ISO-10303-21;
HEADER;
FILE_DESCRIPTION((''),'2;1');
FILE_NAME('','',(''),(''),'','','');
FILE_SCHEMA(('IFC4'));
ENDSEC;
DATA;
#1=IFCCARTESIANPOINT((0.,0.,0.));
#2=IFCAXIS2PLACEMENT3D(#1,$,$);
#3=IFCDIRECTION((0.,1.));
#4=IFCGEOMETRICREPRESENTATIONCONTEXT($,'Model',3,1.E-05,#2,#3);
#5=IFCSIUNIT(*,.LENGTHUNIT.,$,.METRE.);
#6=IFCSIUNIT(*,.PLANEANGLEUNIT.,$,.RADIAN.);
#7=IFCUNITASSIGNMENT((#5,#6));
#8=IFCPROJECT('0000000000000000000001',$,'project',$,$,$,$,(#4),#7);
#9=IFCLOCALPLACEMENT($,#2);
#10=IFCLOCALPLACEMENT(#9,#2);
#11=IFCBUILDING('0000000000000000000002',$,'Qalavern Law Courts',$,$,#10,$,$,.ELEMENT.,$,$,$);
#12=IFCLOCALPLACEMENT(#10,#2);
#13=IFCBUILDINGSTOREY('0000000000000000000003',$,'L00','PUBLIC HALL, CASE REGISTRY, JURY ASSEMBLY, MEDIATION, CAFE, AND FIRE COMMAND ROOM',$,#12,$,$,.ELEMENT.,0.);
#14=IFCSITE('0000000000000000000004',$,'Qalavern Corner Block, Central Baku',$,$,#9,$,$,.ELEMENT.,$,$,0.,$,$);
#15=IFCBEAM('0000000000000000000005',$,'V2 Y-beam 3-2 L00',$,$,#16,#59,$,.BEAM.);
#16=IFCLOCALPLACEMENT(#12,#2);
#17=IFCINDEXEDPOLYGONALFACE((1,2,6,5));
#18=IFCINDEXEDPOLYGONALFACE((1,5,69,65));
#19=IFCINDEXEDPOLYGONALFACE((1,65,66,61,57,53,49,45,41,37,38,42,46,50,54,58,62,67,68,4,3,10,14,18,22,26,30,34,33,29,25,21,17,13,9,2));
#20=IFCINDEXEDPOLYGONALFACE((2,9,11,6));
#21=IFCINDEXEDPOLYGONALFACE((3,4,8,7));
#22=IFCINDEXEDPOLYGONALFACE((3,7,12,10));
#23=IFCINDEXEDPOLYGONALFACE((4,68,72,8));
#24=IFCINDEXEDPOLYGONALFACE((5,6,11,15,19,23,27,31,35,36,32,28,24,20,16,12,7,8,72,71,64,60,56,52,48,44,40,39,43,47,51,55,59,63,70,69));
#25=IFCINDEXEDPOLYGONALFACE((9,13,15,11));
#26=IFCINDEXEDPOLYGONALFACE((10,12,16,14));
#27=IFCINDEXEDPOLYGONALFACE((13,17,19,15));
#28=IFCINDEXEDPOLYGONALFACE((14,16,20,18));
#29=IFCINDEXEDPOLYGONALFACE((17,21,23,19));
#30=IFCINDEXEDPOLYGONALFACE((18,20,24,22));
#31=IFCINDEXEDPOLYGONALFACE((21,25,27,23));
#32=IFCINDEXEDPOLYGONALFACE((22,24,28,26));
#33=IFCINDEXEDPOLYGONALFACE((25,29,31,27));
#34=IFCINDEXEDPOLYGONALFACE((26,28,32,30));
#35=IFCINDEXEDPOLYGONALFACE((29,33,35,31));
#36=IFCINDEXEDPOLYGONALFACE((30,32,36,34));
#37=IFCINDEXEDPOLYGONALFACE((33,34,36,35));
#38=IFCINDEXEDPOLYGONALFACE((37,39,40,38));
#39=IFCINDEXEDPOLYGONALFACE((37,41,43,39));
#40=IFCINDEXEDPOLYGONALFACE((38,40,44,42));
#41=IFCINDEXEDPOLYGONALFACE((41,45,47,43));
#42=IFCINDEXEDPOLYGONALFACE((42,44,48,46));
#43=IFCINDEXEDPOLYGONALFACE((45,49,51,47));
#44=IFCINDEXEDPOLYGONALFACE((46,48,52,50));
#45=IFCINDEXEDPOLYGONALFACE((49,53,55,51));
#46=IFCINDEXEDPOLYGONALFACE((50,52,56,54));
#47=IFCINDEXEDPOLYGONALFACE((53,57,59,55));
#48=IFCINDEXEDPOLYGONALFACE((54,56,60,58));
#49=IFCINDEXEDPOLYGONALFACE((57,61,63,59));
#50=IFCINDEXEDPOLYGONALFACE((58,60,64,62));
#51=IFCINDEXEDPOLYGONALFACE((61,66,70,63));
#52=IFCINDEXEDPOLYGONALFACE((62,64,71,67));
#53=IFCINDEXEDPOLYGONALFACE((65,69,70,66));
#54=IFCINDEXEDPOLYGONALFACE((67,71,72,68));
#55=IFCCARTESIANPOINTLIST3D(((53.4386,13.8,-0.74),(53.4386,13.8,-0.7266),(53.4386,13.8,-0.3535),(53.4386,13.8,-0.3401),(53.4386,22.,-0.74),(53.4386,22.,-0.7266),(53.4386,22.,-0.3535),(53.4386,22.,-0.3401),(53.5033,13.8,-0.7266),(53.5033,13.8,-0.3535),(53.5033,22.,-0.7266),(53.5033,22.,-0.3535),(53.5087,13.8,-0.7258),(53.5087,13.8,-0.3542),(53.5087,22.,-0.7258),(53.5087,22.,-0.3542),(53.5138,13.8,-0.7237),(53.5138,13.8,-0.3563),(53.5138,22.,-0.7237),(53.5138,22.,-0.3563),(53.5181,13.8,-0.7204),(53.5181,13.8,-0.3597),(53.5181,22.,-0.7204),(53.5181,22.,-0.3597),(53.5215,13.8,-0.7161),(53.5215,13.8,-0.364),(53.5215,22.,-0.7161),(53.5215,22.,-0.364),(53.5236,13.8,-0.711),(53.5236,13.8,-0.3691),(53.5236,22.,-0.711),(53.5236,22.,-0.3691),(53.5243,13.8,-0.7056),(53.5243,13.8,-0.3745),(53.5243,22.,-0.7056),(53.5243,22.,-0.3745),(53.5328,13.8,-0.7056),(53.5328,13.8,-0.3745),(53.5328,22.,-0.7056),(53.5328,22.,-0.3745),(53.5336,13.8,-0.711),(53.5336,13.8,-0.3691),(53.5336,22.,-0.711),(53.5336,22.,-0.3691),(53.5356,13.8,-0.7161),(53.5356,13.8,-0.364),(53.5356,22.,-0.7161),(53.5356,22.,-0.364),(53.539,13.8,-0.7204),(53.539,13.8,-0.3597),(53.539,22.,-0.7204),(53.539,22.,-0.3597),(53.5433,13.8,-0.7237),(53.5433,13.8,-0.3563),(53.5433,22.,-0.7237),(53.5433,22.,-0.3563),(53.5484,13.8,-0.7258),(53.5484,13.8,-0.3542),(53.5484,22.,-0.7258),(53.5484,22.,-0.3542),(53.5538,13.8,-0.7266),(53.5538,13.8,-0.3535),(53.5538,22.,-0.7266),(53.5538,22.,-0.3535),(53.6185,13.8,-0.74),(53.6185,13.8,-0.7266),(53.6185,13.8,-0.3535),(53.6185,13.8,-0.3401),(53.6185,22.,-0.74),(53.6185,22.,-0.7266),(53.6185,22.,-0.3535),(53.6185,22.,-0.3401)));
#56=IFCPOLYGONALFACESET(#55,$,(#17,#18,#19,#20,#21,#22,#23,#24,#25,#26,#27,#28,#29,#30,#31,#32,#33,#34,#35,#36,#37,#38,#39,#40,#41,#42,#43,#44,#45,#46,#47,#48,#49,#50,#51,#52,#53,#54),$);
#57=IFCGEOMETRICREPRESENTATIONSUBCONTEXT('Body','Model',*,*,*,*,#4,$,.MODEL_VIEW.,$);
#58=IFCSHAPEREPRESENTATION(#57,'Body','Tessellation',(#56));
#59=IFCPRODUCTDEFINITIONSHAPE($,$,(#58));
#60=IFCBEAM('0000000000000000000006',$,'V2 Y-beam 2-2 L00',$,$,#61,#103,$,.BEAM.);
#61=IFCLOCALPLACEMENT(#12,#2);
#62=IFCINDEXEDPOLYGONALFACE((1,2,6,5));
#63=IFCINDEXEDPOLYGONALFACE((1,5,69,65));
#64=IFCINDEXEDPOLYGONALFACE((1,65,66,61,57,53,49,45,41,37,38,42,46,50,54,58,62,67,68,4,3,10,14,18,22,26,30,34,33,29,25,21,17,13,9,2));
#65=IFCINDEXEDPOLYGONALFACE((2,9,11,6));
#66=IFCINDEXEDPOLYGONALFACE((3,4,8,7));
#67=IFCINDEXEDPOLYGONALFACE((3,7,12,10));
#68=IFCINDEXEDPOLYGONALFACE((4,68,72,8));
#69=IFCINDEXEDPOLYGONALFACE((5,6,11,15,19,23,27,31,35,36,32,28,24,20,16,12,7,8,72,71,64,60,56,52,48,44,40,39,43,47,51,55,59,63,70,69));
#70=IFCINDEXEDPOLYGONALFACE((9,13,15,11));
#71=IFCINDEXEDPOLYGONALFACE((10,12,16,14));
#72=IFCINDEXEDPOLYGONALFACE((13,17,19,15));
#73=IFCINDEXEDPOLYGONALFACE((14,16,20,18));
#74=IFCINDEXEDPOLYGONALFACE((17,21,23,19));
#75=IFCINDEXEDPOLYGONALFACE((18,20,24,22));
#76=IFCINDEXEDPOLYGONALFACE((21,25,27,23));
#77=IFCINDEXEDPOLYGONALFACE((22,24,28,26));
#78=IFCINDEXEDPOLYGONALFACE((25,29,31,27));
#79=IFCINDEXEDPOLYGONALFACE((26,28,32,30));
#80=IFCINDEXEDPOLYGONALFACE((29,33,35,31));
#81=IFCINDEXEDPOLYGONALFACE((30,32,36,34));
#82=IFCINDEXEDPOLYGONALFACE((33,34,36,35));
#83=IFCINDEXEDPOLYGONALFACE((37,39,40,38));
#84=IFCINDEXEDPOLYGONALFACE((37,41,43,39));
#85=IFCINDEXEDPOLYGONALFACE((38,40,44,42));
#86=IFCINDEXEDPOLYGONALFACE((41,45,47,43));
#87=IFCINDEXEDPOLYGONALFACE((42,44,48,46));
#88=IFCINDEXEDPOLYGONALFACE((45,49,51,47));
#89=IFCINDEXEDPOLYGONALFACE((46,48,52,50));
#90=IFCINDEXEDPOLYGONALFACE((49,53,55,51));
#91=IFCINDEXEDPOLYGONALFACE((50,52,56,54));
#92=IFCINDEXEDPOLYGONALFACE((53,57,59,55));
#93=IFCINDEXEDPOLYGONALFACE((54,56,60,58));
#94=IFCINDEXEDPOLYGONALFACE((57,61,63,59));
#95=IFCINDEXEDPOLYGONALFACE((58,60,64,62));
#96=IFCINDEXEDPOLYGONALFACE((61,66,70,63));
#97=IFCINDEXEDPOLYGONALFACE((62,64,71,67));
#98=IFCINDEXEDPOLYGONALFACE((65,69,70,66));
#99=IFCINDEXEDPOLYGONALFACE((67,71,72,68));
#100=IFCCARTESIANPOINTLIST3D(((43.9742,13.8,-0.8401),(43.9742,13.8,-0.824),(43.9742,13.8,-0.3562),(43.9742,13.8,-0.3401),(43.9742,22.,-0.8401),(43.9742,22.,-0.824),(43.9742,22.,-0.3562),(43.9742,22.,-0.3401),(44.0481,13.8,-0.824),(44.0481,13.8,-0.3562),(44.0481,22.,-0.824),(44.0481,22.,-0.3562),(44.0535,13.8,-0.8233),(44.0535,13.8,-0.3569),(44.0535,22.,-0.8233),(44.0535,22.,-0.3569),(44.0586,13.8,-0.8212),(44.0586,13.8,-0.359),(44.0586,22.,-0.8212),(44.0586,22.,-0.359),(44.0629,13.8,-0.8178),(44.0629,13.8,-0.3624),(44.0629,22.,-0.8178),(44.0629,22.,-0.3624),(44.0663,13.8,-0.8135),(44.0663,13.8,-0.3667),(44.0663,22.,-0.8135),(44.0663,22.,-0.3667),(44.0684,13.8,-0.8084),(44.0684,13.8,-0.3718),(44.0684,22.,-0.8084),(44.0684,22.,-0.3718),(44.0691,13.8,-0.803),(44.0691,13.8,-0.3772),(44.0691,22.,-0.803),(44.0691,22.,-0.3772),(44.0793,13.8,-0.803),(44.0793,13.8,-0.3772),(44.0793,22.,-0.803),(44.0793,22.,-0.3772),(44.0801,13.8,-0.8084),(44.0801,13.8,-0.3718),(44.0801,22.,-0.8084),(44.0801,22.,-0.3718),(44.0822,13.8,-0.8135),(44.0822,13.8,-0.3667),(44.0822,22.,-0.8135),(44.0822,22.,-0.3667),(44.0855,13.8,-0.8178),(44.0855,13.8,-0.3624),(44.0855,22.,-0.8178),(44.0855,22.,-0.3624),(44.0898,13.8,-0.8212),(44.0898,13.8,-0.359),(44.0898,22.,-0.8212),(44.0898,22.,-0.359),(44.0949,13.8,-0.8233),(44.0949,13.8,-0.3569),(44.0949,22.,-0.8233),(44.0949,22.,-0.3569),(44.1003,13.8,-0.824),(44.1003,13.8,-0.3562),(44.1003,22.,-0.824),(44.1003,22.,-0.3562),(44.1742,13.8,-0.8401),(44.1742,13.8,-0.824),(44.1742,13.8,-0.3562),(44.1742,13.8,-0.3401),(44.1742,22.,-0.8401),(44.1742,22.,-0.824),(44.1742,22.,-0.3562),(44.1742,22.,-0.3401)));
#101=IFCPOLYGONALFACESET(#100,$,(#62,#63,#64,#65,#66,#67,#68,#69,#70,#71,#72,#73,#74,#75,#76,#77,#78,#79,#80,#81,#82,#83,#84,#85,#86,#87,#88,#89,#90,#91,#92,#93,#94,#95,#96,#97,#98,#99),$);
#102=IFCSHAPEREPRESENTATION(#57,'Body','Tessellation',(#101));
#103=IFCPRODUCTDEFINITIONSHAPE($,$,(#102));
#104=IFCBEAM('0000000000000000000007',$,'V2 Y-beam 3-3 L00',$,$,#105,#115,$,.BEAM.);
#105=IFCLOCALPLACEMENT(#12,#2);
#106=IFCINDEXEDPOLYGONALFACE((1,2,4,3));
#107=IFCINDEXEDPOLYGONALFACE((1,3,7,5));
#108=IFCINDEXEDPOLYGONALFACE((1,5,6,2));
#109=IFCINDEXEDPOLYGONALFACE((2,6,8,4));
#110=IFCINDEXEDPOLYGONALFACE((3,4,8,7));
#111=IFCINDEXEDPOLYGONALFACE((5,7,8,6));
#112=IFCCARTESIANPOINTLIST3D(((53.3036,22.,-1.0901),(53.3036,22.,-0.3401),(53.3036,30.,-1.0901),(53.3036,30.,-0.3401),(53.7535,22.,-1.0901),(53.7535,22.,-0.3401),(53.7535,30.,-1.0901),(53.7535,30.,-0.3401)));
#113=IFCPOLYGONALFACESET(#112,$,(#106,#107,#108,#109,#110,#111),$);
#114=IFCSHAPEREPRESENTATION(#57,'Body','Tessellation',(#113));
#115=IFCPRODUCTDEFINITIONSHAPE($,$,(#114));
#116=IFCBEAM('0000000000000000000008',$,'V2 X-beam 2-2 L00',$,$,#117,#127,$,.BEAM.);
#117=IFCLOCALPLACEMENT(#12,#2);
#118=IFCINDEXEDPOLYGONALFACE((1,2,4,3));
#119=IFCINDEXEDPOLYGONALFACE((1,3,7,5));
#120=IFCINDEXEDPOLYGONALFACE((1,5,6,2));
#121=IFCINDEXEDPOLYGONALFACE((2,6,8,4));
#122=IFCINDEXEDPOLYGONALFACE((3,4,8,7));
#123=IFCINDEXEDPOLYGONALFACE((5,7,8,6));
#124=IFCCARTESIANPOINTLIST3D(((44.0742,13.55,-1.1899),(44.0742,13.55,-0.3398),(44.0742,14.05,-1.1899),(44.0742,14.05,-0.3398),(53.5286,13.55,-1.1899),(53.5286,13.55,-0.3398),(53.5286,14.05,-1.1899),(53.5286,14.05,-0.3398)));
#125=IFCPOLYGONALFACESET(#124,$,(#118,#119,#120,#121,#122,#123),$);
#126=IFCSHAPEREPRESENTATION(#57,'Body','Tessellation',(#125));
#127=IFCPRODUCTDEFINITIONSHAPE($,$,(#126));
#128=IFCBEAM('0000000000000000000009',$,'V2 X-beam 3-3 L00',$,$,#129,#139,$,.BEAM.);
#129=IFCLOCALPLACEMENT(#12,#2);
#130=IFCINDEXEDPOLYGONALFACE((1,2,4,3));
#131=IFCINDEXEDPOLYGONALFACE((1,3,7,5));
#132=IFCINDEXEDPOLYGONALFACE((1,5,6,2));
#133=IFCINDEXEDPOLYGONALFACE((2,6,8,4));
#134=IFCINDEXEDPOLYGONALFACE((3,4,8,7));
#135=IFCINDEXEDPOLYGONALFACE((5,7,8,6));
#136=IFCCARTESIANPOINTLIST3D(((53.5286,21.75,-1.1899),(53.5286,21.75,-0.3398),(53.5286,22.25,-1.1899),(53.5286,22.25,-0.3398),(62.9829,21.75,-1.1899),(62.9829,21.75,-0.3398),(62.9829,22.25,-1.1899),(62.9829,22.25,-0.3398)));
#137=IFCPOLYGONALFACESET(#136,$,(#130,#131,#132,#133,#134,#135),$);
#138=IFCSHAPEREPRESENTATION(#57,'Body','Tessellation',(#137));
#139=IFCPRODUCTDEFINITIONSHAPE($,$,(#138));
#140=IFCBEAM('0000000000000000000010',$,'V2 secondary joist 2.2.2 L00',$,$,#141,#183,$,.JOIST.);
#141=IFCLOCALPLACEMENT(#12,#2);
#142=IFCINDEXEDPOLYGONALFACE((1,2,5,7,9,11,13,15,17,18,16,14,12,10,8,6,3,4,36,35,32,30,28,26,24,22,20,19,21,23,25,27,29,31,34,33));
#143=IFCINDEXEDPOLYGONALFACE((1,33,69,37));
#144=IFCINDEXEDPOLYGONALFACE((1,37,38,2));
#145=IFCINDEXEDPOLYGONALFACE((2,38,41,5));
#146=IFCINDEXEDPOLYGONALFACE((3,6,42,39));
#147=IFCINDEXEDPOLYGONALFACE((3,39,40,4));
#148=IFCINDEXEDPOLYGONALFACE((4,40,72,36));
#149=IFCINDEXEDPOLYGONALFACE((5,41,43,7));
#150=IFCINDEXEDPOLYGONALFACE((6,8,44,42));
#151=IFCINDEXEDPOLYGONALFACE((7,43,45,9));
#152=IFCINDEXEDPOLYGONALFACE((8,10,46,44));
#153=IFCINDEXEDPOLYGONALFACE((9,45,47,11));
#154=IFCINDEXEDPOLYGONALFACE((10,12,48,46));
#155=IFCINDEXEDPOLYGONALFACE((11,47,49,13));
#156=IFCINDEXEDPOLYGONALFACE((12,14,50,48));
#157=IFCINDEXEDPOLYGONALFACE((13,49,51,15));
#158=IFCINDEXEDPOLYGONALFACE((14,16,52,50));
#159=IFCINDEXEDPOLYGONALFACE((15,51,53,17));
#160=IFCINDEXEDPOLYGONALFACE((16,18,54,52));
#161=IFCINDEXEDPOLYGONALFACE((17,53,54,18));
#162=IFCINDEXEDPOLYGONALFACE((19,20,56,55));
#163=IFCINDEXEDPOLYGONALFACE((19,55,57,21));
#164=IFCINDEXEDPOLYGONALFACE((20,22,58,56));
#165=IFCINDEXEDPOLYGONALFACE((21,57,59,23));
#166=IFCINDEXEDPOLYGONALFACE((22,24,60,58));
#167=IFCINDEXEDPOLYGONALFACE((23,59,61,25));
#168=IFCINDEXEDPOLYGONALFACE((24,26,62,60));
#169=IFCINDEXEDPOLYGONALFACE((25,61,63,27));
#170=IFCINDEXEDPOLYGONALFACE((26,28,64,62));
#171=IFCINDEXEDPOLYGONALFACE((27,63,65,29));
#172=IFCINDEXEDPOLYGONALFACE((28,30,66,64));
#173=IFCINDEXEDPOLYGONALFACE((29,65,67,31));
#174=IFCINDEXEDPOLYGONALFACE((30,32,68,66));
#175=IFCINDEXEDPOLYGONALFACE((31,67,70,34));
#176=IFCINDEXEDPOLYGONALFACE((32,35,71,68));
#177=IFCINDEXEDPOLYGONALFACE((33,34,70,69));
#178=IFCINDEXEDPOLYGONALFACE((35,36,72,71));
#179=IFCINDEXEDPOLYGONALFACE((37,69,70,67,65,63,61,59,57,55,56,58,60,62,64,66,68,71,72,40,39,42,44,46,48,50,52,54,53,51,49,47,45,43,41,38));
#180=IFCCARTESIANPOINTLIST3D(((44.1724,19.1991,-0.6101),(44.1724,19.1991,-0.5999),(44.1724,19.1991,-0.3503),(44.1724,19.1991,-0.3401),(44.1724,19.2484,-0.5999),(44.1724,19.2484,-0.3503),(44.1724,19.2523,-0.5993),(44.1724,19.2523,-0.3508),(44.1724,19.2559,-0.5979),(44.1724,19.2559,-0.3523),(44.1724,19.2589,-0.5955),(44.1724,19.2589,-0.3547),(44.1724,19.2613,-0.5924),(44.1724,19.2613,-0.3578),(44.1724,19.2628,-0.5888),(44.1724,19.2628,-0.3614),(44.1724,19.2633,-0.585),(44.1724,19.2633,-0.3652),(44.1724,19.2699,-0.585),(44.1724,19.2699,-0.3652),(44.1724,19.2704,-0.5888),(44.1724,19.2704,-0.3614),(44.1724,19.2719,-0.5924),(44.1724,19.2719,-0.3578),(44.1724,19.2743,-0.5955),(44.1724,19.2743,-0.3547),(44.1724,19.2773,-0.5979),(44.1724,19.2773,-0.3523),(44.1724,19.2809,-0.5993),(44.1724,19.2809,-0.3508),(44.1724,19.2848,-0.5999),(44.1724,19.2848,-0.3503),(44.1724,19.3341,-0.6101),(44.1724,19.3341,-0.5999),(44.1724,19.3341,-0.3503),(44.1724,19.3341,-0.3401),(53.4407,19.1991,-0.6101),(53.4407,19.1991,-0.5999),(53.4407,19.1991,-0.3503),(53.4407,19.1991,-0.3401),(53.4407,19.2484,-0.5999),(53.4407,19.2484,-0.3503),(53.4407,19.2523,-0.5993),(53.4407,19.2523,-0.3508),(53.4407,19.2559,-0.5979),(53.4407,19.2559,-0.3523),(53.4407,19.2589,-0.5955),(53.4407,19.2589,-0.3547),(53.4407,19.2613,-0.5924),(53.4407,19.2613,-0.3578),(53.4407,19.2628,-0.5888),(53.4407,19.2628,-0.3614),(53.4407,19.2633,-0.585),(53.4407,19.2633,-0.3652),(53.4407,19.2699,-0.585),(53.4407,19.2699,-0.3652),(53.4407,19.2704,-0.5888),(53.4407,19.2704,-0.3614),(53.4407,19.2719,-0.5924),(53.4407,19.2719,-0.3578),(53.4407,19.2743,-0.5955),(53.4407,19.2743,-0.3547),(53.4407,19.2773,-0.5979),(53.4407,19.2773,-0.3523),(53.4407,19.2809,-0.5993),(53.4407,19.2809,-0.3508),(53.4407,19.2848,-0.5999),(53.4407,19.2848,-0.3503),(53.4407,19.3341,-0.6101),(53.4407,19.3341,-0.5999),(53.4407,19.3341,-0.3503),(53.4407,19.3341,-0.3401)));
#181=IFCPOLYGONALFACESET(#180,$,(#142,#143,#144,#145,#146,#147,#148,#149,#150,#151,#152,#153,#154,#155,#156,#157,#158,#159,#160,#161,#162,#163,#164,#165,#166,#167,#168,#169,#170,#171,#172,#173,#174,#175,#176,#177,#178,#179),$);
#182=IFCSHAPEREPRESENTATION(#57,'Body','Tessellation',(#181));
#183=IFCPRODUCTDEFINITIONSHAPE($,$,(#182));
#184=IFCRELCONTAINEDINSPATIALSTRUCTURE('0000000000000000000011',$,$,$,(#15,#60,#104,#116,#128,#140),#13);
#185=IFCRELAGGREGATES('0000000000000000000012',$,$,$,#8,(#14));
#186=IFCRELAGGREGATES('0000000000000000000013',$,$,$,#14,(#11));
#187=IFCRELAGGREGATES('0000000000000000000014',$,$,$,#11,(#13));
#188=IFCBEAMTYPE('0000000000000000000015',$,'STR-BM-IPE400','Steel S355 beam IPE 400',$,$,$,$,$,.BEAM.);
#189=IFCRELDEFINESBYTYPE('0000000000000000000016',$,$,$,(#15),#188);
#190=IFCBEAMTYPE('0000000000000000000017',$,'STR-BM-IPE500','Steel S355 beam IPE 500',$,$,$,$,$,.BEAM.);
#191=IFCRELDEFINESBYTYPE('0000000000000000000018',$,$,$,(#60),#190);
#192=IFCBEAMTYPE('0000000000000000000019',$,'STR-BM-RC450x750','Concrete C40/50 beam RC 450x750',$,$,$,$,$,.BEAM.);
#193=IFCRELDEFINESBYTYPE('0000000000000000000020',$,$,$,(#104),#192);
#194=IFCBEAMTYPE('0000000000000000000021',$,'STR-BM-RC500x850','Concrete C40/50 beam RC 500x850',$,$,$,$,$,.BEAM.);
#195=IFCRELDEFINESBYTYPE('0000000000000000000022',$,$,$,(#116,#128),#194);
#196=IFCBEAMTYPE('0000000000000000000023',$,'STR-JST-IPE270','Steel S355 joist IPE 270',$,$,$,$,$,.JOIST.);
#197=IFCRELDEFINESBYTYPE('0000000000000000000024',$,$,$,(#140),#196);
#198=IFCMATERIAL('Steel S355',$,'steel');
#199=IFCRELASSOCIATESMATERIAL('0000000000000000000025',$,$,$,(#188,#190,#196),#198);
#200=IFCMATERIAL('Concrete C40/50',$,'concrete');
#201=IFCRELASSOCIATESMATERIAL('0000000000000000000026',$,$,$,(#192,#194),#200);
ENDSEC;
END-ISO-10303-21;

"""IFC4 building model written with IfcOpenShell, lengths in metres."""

from ifc_helpers import new_model, si_unit, direction, frame, origin, origin_2d, place, context, subcontext, project, spatial, rectangle, i_section, extrude, material, material_profile, profile_set, type_object, element, save


model = new_model("IFC4")

# Units and contexts
model_context = context("Model", 3, precision=1e-05, world=origin(), true_north=direction((0.0, 1.0)))
body_context = subcontext(model_context, "Body", "Model", "MODEL_VIEW")
ifc_project = project(units=[si_unit("LENGTHUNIT", "METRE"), si_unit("PLANEANGLEUNIT", "RADIAN")], contexts=[model_context])

# Site, building, storey
site_placement = place(None, origin())
site = spatial("IfcSite", under=ifc_project, at=site_placement, Name="Qalavern Corner Block, Central Baku", CompositionType="ELEMENT", RefElevation=0.0)
building_placement = place(site_placement, origin())
building = spatial("IfcBuilding", under=site, at=building_placement, Name="Qalavern Law Courts", CompositionType="ELEMENT")
storey_placement = place(building_placement, origin())
storey = spatial("IfcBuildingStorey", under=building, at=storey_placement, Name="L00", Description="PUBLIC HALL, CASE REGISTRY, JURY ASSEMBLY, MEDIATION, CAFE, AND FIRE COMMAND ROOM", CompositionType="ELEMENT", Elevation=0.0)

# Beams
ifc_material_1 = material(Name="Steel S355", Category="steel")
ifc_material_profile_1 = material_profile(ifc_material_1, i_section(OverallWidth=0.1799, OverallDepth=0.3999, WebThickness=0.0085, FlangeThickness=0.0134, FilletRadius=0.021, at=origin_2d()), Name="IPE 400")
ifc_profile_set_1 = profile_set([ifc_material_profile_1], Name="Steel S355")
beam_type_1 = type_object("IfcBeamType", Name="STR-BM-IPE400", Description="Steel S355 beam IPE 400", PredefinedType="BEAM", material=ifc_profile_set_1)
beam_1_placement = place(storey_placement, frame((53.5286, 13.8, -0.54), z_axis=(0.0, 1.0, 0.0), x_axis=(-1.0, 0.0, 0.0)))
element("IfcBeam", 1, at=beam_1_placement, inside=storey, type_object=beam_type_1, Name="V2 Y-beam 3-2 L00", PredefinedType="BEAM", context=body_context, shape_type="SweptSolid", body=[
    extrude(i_section(OverallWidth=0.1799, OverallDepth=0.3999, WebThickness=0.0085, FlangeThickness=0.0134, FilletRadius=0.021, at=origin_2d()), origin(), (0.0, 0.0, 1.0), 8.2),
])
ifc_material_profile_2 = material_profile(ifc_material_1, i_section(OverallWidth=0.2, OverallDepth=0.5, WebThickness=0.0103, FlangeThickness=0.0161, FilletRadius=0.021, at=origin_2d()), Name="IPE 500")
ifc_profile_set_2 = profile_set([ifc_material_profile_2], Name="Steel S355")
beam_type_2 = type_object("IfcBeamType", Name="STR-BM-IPE500", Description="Steel S355 beam IPE 500", PredefinedType="BEAM", material=ifc_profile_set_2)
beam_2_placement = place(storey_placement, frame((44.0742, 13.8, -0.5901), z_axis=(0.0, 1.0, 0.0), x_axis=(-1.0, 0.0, 0.0)))
element("IfcBeam", 2, at=beam_2_placement, inside=storey, type_object=beam_type_2, Name="V2 Y-beam 2-2 L00", PredefinedType="BEAM", context=body_context, shape_type="SweptSolid", body=[
    extrude(i_section(OverallWidth=0.2, OverallDepth=0.5, WebThickness=0.0103, FlangeThickness=0.0161, FilletRadius=0.021, at=origin_2d()), origin(), (0.0, 0.0, 1.0), 8.2),
])
ifc_material_2 = material(Name="Concrete C40/50", Category="concrete")
ifc_material_profile_3 = material_profile(ifc_material_2, rectangle(XDim=0.45, YDim=0.75, at=origin_2d()), Name="RC 450x750")
ifc_profile_set_3 = profile_set([ifc_material_profile_3], Name="Concrete C40/50")
beam_type_3 = type_object("IfcBeamType", Name="STR-BM-RC450x750", Description="Concrete C40/50 beam RC 450x750", PredefinedType="BEAM", material=ifc_profile_set_3)
beam_3_placement = place(storey_placement, frame((53.5286, 22.0, -0.7151), z_axis=(0.0, 1.0, 0.0), x_axis=(-1.0, 0.0, 0.0)))
element("IfcBeam", 3, at=beam_3_placement, inside=storey, type_object=beam_type_3, Name="V2 Y-beam 3-3 L00", PredefinedType="BEAM", context=body_context, shape_type="SweptSolid", body=[
    extrude(rectangle(XDim=0.45, YDim=0.75, at=origin_2d()), origin(), (0.0, 0.0, 1.0), 8.0),
])
ifc_material_profile_4 = material_profile(ifc_material_2, rectangle(XDim=0.5, YDim=0.8501, at=origin_2d()), Name="RC 500x850")
ifc_profile_set_4 = profile_set([ifc_material_profile_4], Name="Concrete C40/50")
beam_type_4 = type_object("IfcBeamType", Name="STR-BM-RC500x850", Description="Concrete C40/50 beam RC 500x850", PredefinedType="BEAM", material=ifc_profile_set_4)
for number, where, z_axis, x_axis, name in (
    (4, (44.0742, 13.8, -0.7649), (1.0, 0.0, 0.0), (0.0, 1.0, 0.0), "V2 X-beam 2-2 L00"),
    (5, (53.5286, 22.0, -0.7649), (1.0, 0.0, 0.0), (0.0, 1.0, 0.0), "V2 X-beam 3-3 L00"),
):
    element("IfcBeam", number, at=place(storey_placement, frame(where, z_axis=z_axis, x_axis=x_axis)), inside=storey, type_object=beam_type_4, Name=name, PredefinedType="BEAM", context=body_context, shape_type="SweptSolid", body=[
        extrude(rectangle(XDim=0.5, YDim=0.8501, at=origin_2d()), origin(), (0.0, 0.0, 1.0), 9.4543),
    ])
ifc_material_profile_5 = material_profile(ifc_material_1, i_section(OverallWidth=0.135, OverallDepth=0.27, WebThickness=0.0066, FlangeThickness=0.0103, FilletRadius=0.0149, at=origin_2d()), Name="IPE 270")
ifc_profile_set_5 = profile_set([ifc_material_profile_5], Name="Steel S355")
beam_type_5 = type_object("IfcBeamType", Name="STR-JST-IPE270", Description="Steel S355 joist IPE 270", PredefinedType="JOIST", material=ifc_profile_set_5)
beam_4_placement = place(storey_placement, frame((44.1724, 19.2666, -0.4751), z_axis=(1.0, 0.0, 0.0), x_axis=(0.0, 1.0, 0.0)))
element("IfcBeam", 6, at=beam_4_placement, inside=storey, type_object=beam_type_5, Name="V2 secondary joist 2.2.2 L00", PredefinedType="JOIST", context=body_context, shape_type="SweptSolid", body=[
    extrude(i_section(OverallWidth=0.135, OverallDepth=0.27, WebThickness=0.0066, FlangeThickness=0.0103, FilletRadius=0.0149, at=origin_2d()), origin(), (0.0, 0.0, 1.0), 9.2683),
])

save(model, "model.ifc")
